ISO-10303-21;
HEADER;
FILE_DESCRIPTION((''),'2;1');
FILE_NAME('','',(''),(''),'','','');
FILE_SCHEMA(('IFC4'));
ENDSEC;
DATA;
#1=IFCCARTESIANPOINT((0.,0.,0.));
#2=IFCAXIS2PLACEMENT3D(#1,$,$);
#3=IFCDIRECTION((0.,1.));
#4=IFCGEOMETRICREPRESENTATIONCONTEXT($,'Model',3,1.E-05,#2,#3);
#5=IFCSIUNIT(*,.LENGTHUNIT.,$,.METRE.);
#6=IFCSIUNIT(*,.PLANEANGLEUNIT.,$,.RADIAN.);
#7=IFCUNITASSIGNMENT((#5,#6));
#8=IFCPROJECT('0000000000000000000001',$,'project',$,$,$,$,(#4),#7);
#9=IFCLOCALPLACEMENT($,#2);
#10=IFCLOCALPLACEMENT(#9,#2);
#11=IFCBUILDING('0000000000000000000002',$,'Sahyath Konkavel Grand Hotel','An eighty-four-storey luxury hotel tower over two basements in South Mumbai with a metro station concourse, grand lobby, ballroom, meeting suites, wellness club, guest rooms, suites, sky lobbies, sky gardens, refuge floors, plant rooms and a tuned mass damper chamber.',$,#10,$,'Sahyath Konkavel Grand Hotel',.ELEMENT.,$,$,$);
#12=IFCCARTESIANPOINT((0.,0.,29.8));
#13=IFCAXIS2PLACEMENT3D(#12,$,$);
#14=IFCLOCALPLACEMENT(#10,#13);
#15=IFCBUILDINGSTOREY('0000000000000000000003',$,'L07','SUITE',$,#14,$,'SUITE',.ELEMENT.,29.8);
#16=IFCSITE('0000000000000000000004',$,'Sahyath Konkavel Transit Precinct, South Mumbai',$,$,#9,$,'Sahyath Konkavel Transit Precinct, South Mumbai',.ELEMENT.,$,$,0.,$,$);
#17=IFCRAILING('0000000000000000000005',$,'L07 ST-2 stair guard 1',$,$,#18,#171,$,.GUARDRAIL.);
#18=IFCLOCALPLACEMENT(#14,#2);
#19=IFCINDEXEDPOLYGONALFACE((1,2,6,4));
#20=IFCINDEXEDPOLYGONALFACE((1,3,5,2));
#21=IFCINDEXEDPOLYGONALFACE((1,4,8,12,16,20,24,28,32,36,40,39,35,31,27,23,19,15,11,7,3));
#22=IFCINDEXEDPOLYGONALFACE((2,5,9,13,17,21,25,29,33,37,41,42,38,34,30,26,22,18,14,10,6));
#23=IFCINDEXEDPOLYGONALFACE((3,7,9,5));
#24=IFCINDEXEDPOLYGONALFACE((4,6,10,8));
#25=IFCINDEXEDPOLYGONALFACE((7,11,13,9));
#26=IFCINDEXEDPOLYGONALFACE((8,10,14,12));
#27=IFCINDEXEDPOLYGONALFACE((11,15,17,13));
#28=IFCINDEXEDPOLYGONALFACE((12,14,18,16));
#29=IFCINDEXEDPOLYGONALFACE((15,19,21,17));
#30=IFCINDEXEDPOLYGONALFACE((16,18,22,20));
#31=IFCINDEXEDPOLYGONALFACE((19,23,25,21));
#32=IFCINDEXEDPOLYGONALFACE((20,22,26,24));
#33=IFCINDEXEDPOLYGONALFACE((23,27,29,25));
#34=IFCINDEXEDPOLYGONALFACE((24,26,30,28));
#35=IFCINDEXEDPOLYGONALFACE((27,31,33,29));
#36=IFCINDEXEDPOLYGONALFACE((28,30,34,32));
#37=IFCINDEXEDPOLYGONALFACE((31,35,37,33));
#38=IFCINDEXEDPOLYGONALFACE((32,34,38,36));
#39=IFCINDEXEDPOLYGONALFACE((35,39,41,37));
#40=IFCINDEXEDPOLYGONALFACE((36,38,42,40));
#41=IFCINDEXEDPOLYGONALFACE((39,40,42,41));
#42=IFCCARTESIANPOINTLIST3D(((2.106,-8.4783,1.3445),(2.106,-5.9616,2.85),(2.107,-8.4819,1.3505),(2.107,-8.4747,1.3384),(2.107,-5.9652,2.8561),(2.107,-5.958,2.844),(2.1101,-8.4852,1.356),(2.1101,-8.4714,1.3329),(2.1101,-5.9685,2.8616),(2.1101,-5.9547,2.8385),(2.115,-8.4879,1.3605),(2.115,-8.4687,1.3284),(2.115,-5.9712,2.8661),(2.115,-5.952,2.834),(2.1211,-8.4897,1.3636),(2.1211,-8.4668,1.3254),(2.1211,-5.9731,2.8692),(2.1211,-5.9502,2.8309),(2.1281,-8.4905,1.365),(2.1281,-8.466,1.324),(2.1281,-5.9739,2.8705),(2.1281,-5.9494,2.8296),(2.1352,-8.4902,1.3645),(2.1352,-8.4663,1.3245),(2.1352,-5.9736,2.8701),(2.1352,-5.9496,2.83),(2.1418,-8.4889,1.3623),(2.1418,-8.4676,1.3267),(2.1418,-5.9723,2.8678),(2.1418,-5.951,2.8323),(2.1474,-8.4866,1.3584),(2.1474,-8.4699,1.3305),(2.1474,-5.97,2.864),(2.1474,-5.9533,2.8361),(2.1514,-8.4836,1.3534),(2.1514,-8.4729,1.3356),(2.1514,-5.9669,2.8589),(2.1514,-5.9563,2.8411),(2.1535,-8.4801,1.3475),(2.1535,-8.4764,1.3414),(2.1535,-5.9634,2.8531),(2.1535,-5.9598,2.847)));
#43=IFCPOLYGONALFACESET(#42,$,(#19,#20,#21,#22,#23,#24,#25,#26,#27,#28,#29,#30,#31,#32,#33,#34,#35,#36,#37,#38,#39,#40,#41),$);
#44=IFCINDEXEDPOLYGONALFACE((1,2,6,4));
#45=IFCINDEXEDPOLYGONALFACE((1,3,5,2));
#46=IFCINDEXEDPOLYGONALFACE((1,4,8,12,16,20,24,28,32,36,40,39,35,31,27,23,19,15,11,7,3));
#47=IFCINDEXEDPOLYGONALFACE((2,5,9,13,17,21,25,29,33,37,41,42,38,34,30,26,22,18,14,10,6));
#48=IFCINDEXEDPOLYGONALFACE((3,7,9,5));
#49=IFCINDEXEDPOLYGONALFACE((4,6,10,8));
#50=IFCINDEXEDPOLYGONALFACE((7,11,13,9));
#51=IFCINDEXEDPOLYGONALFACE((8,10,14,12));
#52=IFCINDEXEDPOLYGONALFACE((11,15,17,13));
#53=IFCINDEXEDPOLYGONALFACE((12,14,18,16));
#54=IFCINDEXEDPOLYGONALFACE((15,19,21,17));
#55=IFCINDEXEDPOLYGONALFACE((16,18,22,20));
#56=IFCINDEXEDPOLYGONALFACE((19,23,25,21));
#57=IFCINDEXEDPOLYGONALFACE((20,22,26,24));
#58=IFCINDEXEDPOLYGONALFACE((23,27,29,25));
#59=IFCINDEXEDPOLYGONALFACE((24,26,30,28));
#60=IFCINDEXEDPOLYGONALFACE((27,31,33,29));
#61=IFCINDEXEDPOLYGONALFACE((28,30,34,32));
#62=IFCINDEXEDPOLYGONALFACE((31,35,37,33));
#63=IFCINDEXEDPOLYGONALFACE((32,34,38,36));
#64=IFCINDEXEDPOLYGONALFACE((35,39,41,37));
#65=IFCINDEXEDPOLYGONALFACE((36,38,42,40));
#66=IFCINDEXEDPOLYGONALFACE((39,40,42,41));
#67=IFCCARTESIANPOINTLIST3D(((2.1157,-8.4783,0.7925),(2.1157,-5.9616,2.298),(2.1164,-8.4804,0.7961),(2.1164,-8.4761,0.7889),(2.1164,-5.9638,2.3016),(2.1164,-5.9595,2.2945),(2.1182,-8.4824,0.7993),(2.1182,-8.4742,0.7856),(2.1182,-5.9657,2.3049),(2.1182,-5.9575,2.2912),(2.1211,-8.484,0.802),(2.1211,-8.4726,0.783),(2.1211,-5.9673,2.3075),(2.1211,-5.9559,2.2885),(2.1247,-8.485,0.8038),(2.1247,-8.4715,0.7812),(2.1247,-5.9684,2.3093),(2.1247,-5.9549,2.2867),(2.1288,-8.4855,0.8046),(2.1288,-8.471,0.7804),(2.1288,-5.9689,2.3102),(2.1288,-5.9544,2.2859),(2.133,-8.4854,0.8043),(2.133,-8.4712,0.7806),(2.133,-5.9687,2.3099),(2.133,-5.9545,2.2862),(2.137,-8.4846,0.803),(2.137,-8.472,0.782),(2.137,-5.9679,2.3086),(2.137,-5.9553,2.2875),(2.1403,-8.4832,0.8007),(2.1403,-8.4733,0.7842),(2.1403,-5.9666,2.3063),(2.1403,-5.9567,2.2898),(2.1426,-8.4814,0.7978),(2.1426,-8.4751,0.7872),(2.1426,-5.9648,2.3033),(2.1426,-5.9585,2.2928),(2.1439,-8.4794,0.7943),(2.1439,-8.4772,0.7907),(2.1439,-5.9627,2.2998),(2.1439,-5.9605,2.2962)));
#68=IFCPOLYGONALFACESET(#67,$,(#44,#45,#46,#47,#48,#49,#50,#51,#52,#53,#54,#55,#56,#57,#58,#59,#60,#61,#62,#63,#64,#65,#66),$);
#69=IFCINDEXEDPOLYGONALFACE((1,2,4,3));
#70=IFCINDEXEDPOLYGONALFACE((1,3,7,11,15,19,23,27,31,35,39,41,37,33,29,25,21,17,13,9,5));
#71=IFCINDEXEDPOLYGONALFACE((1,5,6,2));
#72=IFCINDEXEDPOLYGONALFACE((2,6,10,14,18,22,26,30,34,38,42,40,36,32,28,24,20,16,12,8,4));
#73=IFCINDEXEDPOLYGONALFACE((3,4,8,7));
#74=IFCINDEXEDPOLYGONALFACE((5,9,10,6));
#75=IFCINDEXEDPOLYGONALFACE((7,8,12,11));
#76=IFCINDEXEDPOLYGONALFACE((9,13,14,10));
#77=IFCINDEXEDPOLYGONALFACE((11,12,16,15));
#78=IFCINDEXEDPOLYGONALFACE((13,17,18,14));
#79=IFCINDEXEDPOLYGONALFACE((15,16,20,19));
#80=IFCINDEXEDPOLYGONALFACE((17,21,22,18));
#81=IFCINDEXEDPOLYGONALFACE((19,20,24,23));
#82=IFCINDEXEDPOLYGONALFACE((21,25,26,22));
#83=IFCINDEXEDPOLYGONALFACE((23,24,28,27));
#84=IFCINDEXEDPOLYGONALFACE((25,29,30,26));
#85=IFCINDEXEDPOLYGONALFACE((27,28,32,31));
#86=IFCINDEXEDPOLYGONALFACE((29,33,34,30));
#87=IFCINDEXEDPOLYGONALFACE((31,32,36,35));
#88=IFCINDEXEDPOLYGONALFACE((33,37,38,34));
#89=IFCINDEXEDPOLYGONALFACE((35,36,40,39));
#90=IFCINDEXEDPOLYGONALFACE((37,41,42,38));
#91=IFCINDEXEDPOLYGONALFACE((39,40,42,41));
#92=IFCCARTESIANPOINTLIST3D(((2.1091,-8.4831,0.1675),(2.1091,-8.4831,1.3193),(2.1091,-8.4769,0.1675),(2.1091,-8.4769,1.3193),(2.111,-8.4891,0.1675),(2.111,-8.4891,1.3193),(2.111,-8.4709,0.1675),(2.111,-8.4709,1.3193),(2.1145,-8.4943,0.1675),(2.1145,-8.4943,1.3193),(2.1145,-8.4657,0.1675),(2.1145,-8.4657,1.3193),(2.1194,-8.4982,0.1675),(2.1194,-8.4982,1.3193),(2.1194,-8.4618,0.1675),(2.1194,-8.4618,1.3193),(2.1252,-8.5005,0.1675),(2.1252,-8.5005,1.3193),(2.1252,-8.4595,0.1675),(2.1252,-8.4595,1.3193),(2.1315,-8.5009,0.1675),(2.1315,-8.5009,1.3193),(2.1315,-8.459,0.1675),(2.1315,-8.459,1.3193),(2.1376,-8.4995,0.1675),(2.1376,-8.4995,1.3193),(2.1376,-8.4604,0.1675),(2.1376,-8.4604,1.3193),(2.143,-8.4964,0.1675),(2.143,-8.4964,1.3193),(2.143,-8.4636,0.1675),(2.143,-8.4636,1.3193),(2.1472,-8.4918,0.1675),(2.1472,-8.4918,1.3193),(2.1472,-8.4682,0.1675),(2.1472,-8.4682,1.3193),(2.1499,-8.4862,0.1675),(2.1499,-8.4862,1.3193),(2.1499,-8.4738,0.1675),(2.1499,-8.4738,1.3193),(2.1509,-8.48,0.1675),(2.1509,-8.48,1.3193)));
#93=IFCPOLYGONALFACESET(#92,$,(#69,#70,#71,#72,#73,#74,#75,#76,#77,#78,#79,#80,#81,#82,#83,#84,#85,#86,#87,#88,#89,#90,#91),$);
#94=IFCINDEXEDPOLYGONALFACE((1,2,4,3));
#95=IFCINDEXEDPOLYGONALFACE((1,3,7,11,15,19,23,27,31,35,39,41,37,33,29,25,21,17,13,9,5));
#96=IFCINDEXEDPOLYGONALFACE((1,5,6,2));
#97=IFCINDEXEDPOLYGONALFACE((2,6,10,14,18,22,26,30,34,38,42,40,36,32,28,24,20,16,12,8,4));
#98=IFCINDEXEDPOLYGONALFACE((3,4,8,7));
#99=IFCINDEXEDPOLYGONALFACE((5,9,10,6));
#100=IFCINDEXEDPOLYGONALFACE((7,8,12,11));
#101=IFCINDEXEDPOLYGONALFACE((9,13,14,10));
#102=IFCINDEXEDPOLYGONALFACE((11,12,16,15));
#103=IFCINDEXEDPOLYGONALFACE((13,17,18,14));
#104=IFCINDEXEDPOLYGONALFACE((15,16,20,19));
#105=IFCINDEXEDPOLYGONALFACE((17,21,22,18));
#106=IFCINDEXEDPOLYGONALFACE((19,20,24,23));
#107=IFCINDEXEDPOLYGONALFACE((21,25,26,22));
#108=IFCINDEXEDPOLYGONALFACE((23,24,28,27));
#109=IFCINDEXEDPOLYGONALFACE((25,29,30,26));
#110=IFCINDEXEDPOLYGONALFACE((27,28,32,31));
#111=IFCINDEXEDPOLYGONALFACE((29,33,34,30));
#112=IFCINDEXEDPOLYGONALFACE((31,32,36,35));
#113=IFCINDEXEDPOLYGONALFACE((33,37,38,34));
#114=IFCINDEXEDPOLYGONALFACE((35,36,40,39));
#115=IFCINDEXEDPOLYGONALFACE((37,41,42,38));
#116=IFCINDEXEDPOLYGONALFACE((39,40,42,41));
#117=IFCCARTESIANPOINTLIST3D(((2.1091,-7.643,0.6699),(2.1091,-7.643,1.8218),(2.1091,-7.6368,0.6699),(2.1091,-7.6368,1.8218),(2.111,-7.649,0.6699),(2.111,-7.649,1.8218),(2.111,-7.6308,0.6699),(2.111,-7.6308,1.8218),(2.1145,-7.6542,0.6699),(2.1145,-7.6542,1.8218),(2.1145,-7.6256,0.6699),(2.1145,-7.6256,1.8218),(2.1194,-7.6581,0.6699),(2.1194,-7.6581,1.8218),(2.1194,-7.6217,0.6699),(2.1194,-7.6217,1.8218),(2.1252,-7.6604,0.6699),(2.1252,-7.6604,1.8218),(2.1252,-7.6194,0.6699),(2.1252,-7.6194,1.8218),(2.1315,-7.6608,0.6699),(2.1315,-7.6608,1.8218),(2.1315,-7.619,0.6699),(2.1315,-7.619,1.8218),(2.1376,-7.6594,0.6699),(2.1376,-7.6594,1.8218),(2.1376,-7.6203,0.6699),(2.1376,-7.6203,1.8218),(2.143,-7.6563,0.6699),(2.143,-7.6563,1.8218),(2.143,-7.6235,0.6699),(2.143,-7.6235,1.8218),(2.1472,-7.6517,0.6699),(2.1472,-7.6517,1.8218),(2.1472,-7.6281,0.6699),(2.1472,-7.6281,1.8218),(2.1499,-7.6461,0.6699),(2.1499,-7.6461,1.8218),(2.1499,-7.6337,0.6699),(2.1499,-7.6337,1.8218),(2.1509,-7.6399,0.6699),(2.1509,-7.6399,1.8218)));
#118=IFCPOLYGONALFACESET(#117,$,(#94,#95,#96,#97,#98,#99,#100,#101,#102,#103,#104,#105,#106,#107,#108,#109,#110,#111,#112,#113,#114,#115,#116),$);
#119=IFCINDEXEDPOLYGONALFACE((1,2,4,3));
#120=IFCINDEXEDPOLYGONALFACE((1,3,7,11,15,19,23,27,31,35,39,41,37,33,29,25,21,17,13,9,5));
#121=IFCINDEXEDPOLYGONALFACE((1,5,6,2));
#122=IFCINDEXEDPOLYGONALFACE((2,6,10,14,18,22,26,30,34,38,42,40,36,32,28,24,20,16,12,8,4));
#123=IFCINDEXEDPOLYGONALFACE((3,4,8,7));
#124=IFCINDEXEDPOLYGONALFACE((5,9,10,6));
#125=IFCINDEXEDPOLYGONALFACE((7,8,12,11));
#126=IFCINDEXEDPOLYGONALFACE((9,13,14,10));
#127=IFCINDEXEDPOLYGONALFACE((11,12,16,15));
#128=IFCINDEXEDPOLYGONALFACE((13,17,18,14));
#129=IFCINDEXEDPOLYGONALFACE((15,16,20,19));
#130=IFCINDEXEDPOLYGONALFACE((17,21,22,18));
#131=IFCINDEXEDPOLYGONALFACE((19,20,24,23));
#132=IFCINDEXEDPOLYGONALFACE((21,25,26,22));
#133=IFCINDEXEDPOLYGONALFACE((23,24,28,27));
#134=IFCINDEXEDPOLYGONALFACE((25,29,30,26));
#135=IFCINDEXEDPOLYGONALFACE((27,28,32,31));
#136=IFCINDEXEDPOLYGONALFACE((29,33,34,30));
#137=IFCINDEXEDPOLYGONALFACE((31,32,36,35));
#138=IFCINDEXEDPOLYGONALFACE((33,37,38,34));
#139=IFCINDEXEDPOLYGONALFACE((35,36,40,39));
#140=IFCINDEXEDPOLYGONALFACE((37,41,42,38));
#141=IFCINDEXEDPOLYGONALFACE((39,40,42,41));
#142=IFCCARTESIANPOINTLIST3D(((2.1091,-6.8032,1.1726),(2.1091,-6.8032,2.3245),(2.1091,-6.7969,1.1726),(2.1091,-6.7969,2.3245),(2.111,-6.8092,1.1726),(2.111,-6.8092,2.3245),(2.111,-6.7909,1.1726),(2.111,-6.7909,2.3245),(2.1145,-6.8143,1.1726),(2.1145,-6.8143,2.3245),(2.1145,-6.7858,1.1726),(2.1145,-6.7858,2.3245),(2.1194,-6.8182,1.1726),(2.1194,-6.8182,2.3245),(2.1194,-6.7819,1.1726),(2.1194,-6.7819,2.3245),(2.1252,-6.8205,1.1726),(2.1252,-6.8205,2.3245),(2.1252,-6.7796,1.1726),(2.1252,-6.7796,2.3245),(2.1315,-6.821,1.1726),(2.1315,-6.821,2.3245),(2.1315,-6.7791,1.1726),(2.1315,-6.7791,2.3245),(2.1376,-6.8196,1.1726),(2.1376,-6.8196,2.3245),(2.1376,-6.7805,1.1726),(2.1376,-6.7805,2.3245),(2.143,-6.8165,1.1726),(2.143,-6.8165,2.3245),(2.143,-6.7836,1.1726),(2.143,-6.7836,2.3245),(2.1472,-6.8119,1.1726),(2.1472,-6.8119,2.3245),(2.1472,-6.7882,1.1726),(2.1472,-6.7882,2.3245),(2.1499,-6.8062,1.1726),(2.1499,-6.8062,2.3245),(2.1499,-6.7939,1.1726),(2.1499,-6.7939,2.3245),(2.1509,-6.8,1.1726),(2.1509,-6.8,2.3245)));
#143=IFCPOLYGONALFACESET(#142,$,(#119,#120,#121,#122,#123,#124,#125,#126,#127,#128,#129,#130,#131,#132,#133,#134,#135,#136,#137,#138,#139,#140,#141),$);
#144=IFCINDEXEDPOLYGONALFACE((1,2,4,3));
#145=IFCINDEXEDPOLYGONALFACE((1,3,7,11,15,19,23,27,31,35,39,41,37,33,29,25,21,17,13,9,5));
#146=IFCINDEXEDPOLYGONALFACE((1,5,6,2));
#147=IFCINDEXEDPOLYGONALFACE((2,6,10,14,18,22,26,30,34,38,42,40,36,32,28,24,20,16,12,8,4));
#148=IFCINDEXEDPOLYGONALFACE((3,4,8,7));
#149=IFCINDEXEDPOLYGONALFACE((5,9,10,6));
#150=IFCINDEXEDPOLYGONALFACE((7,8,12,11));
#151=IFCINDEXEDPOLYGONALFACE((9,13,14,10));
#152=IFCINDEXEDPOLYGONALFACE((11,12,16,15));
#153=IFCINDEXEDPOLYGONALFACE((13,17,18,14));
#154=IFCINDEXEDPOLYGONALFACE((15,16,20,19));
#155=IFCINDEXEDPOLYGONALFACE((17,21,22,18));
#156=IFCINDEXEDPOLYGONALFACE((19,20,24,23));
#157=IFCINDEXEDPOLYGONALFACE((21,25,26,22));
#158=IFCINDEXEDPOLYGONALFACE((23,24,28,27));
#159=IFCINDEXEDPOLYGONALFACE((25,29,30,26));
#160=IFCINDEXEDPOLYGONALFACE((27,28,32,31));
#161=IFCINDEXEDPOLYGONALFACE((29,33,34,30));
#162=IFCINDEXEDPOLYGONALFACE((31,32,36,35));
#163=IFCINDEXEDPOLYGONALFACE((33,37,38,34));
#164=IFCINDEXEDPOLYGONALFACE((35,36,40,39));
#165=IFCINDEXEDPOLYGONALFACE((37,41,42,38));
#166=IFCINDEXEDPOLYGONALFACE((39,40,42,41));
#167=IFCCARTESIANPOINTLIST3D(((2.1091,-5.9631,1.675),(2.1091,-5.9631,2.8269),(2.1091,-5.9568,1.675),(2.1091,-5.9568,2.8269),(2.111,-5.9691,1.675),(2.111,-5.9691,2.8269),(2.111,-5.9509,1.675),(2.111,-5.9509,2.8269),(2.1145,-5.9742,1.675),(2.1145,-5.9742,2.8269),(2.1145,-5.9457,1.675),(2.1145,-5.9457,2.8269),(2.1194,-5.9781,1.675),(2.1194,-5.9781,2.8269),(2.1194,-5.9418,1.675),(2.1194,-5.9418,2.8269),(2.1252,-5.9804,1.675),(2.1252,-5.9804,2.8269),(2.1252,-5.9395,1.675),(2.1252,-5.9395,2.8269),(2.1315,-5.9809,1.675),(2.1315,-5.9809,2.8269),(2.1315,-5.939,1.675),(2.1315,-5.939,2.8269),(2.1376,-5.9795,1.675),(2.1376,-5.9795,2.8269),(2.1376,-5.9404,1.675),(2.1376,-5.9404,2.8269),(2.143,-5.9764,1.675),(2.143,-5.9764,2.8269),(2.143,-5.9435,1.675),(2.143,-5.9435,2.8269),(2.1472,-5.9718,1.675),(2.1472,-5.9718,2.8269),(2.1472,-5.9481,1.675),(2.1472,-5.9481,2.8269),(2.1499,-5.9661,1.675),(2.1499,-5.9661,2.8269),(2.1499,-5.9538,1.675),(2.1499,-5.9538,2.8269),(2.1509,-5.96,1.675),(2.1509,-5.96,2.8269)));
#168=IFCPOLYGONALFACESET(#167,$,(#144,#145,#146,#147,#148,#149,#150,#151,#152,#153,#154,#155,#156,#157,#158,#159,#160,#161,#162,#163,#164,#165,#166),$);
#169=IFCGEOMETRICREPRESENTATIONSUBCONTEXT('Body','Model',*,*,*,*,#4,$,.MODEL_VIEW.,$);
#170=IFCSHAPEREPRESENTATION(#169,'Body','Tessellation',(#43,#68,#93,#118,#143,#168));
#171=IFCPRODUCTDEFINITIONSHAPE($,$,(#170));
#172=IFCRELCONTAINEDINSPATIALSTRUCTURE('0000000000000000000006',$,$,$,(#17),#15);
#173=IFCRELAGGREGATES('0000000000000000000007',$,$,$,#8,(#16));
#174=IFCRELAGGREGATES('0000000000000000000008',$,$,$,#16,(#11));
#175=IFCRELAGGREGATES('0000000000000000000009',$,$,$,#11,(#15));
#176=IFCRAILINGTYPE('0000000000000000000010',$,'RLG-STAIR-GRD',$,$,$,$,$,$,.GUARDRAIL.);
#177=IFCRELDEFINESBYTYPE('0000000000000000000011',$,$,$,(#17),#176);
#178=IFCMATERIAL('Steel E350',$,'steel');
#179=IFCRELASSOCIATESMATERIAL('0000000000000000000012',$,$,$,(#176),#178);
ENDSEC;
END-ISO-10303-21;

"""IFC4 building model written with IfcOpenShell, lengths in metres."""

from ifc_helpers import new_model, si_unit, direction, frame, origin, origin_2d, place, context, subcontext, project, spatial, circle, extrude, material, type_object, element, save


model = new_model("IFC4")

# Units and contexts
model_context = context("Model", 3, precision=1e-05, world=origin(), true_north=direction((0.0, 1.0)))
body_context = subcontext(model_context, "Body", "Model", "MODEL_VIEW")
ifc_project = project(units=[si_unit("LENGTHUNIT", "METRE"), si_unit("PLANEANGLEUNIT", "RADIAN")], contexts=[model_context])

# Site, building, storey
site_placement = place(None, origin())
site = spatial("IfcSite", under=ifc_project, at=site_placement, Name="Sahyath Konkavel Transit Precinct, South Mumbai", LongName="Sahyath Konkavel Transit Precinct, South Mumbai", CompositionType="ELEMENT", RefElevation=0.0)
building_placement = place(site_placement, origin())
building = spatial("IfcBuilding", under=site, at=building_placement, Name="Sahyath Konkavel Grand Hotel", Description="An eighty-four-storey luxury hotel tower over two basements in South Mumbai with a metro station concourse, grand lobby, ballroom, meeting suites, wellness club, guest rooms, suites, sky lobbies, sky gardens, refuge floors, plant rooms and a tuned mass damper chamber.", LongName="Sahyath Konkavel Grand Hotel", CompositionType="ELEMENT")
storey_placement = place(building_placement, frame((0.0, 0.0, 29.8)))
storey = spatial("IfcBuildingStorey", under=building, at=storey_placement, Name="L07", Description="SUITE", LongName="SUITE", CompositionType="ELEMENT", Elevation=29.8)

# Shared definitions
ifc_material_1 = material(Name="Steel E350", Category="steel")

# Railing
railing_type_1 = type_object("IfcRailingType", Name="RLG-STAIR-GRD", PredefinedType="GUARDRAIL", material=ifc_material_1)
railing_1_placement = place(storey_placement, frame((2.1299, -8.48, 0.1675)))
element("IfcRailing", 1, at=railing_1_placement, inside=storey, type_object=railing_type_1, Name="L07 ST-2 stair guard 1", PredefinedType="GUARDRAIL", context=body_context, shape_type="SweptSolid", body=[
    extrude(circle(Radius=0.0239, at=origin_2d()), frame((0.0, 0.0017, 1.177), z_axis=(0.0, 0.85816, 0.513383), x_axis=(-1.0, 0.0, 0.0)), (0.0, 0.0, 1.0), 2.9326),
    extrude(circle(Radius=0.0142, at=origin_2d()), frame((0.0, 0.0017, 0.625), z_axis=(0.0, 0.85816, 0.513383), x_axis=(-1.0, 0.0, 0.0)), (0.0, 0.0, 1.0), 2.9326),
    extrude(circle(Radius=0.021, at=origin_2d()), origin(), (0.0, 0.0, 1.0), 1.1519),
    extrude(circle(Radius=0.021, at=origin_2d()), frame((0.0, 0.8401, 0.5024)), (0.0, 0.0, 1.0), 1.1519),
    extrude(circle(Radius=0.021, at=origin_2d()), frame((0.0, 1.6799, 1.0051)), (0.0, 0.0, 1.0), 1.1519),
    extrude(circle(Radius=0.021, at=origin_2d()), frame((0.0, 2.52, 1.5076)), (0.0, 0.0, 1.0), 1.1519),
])

save(model, "model.ifc")
